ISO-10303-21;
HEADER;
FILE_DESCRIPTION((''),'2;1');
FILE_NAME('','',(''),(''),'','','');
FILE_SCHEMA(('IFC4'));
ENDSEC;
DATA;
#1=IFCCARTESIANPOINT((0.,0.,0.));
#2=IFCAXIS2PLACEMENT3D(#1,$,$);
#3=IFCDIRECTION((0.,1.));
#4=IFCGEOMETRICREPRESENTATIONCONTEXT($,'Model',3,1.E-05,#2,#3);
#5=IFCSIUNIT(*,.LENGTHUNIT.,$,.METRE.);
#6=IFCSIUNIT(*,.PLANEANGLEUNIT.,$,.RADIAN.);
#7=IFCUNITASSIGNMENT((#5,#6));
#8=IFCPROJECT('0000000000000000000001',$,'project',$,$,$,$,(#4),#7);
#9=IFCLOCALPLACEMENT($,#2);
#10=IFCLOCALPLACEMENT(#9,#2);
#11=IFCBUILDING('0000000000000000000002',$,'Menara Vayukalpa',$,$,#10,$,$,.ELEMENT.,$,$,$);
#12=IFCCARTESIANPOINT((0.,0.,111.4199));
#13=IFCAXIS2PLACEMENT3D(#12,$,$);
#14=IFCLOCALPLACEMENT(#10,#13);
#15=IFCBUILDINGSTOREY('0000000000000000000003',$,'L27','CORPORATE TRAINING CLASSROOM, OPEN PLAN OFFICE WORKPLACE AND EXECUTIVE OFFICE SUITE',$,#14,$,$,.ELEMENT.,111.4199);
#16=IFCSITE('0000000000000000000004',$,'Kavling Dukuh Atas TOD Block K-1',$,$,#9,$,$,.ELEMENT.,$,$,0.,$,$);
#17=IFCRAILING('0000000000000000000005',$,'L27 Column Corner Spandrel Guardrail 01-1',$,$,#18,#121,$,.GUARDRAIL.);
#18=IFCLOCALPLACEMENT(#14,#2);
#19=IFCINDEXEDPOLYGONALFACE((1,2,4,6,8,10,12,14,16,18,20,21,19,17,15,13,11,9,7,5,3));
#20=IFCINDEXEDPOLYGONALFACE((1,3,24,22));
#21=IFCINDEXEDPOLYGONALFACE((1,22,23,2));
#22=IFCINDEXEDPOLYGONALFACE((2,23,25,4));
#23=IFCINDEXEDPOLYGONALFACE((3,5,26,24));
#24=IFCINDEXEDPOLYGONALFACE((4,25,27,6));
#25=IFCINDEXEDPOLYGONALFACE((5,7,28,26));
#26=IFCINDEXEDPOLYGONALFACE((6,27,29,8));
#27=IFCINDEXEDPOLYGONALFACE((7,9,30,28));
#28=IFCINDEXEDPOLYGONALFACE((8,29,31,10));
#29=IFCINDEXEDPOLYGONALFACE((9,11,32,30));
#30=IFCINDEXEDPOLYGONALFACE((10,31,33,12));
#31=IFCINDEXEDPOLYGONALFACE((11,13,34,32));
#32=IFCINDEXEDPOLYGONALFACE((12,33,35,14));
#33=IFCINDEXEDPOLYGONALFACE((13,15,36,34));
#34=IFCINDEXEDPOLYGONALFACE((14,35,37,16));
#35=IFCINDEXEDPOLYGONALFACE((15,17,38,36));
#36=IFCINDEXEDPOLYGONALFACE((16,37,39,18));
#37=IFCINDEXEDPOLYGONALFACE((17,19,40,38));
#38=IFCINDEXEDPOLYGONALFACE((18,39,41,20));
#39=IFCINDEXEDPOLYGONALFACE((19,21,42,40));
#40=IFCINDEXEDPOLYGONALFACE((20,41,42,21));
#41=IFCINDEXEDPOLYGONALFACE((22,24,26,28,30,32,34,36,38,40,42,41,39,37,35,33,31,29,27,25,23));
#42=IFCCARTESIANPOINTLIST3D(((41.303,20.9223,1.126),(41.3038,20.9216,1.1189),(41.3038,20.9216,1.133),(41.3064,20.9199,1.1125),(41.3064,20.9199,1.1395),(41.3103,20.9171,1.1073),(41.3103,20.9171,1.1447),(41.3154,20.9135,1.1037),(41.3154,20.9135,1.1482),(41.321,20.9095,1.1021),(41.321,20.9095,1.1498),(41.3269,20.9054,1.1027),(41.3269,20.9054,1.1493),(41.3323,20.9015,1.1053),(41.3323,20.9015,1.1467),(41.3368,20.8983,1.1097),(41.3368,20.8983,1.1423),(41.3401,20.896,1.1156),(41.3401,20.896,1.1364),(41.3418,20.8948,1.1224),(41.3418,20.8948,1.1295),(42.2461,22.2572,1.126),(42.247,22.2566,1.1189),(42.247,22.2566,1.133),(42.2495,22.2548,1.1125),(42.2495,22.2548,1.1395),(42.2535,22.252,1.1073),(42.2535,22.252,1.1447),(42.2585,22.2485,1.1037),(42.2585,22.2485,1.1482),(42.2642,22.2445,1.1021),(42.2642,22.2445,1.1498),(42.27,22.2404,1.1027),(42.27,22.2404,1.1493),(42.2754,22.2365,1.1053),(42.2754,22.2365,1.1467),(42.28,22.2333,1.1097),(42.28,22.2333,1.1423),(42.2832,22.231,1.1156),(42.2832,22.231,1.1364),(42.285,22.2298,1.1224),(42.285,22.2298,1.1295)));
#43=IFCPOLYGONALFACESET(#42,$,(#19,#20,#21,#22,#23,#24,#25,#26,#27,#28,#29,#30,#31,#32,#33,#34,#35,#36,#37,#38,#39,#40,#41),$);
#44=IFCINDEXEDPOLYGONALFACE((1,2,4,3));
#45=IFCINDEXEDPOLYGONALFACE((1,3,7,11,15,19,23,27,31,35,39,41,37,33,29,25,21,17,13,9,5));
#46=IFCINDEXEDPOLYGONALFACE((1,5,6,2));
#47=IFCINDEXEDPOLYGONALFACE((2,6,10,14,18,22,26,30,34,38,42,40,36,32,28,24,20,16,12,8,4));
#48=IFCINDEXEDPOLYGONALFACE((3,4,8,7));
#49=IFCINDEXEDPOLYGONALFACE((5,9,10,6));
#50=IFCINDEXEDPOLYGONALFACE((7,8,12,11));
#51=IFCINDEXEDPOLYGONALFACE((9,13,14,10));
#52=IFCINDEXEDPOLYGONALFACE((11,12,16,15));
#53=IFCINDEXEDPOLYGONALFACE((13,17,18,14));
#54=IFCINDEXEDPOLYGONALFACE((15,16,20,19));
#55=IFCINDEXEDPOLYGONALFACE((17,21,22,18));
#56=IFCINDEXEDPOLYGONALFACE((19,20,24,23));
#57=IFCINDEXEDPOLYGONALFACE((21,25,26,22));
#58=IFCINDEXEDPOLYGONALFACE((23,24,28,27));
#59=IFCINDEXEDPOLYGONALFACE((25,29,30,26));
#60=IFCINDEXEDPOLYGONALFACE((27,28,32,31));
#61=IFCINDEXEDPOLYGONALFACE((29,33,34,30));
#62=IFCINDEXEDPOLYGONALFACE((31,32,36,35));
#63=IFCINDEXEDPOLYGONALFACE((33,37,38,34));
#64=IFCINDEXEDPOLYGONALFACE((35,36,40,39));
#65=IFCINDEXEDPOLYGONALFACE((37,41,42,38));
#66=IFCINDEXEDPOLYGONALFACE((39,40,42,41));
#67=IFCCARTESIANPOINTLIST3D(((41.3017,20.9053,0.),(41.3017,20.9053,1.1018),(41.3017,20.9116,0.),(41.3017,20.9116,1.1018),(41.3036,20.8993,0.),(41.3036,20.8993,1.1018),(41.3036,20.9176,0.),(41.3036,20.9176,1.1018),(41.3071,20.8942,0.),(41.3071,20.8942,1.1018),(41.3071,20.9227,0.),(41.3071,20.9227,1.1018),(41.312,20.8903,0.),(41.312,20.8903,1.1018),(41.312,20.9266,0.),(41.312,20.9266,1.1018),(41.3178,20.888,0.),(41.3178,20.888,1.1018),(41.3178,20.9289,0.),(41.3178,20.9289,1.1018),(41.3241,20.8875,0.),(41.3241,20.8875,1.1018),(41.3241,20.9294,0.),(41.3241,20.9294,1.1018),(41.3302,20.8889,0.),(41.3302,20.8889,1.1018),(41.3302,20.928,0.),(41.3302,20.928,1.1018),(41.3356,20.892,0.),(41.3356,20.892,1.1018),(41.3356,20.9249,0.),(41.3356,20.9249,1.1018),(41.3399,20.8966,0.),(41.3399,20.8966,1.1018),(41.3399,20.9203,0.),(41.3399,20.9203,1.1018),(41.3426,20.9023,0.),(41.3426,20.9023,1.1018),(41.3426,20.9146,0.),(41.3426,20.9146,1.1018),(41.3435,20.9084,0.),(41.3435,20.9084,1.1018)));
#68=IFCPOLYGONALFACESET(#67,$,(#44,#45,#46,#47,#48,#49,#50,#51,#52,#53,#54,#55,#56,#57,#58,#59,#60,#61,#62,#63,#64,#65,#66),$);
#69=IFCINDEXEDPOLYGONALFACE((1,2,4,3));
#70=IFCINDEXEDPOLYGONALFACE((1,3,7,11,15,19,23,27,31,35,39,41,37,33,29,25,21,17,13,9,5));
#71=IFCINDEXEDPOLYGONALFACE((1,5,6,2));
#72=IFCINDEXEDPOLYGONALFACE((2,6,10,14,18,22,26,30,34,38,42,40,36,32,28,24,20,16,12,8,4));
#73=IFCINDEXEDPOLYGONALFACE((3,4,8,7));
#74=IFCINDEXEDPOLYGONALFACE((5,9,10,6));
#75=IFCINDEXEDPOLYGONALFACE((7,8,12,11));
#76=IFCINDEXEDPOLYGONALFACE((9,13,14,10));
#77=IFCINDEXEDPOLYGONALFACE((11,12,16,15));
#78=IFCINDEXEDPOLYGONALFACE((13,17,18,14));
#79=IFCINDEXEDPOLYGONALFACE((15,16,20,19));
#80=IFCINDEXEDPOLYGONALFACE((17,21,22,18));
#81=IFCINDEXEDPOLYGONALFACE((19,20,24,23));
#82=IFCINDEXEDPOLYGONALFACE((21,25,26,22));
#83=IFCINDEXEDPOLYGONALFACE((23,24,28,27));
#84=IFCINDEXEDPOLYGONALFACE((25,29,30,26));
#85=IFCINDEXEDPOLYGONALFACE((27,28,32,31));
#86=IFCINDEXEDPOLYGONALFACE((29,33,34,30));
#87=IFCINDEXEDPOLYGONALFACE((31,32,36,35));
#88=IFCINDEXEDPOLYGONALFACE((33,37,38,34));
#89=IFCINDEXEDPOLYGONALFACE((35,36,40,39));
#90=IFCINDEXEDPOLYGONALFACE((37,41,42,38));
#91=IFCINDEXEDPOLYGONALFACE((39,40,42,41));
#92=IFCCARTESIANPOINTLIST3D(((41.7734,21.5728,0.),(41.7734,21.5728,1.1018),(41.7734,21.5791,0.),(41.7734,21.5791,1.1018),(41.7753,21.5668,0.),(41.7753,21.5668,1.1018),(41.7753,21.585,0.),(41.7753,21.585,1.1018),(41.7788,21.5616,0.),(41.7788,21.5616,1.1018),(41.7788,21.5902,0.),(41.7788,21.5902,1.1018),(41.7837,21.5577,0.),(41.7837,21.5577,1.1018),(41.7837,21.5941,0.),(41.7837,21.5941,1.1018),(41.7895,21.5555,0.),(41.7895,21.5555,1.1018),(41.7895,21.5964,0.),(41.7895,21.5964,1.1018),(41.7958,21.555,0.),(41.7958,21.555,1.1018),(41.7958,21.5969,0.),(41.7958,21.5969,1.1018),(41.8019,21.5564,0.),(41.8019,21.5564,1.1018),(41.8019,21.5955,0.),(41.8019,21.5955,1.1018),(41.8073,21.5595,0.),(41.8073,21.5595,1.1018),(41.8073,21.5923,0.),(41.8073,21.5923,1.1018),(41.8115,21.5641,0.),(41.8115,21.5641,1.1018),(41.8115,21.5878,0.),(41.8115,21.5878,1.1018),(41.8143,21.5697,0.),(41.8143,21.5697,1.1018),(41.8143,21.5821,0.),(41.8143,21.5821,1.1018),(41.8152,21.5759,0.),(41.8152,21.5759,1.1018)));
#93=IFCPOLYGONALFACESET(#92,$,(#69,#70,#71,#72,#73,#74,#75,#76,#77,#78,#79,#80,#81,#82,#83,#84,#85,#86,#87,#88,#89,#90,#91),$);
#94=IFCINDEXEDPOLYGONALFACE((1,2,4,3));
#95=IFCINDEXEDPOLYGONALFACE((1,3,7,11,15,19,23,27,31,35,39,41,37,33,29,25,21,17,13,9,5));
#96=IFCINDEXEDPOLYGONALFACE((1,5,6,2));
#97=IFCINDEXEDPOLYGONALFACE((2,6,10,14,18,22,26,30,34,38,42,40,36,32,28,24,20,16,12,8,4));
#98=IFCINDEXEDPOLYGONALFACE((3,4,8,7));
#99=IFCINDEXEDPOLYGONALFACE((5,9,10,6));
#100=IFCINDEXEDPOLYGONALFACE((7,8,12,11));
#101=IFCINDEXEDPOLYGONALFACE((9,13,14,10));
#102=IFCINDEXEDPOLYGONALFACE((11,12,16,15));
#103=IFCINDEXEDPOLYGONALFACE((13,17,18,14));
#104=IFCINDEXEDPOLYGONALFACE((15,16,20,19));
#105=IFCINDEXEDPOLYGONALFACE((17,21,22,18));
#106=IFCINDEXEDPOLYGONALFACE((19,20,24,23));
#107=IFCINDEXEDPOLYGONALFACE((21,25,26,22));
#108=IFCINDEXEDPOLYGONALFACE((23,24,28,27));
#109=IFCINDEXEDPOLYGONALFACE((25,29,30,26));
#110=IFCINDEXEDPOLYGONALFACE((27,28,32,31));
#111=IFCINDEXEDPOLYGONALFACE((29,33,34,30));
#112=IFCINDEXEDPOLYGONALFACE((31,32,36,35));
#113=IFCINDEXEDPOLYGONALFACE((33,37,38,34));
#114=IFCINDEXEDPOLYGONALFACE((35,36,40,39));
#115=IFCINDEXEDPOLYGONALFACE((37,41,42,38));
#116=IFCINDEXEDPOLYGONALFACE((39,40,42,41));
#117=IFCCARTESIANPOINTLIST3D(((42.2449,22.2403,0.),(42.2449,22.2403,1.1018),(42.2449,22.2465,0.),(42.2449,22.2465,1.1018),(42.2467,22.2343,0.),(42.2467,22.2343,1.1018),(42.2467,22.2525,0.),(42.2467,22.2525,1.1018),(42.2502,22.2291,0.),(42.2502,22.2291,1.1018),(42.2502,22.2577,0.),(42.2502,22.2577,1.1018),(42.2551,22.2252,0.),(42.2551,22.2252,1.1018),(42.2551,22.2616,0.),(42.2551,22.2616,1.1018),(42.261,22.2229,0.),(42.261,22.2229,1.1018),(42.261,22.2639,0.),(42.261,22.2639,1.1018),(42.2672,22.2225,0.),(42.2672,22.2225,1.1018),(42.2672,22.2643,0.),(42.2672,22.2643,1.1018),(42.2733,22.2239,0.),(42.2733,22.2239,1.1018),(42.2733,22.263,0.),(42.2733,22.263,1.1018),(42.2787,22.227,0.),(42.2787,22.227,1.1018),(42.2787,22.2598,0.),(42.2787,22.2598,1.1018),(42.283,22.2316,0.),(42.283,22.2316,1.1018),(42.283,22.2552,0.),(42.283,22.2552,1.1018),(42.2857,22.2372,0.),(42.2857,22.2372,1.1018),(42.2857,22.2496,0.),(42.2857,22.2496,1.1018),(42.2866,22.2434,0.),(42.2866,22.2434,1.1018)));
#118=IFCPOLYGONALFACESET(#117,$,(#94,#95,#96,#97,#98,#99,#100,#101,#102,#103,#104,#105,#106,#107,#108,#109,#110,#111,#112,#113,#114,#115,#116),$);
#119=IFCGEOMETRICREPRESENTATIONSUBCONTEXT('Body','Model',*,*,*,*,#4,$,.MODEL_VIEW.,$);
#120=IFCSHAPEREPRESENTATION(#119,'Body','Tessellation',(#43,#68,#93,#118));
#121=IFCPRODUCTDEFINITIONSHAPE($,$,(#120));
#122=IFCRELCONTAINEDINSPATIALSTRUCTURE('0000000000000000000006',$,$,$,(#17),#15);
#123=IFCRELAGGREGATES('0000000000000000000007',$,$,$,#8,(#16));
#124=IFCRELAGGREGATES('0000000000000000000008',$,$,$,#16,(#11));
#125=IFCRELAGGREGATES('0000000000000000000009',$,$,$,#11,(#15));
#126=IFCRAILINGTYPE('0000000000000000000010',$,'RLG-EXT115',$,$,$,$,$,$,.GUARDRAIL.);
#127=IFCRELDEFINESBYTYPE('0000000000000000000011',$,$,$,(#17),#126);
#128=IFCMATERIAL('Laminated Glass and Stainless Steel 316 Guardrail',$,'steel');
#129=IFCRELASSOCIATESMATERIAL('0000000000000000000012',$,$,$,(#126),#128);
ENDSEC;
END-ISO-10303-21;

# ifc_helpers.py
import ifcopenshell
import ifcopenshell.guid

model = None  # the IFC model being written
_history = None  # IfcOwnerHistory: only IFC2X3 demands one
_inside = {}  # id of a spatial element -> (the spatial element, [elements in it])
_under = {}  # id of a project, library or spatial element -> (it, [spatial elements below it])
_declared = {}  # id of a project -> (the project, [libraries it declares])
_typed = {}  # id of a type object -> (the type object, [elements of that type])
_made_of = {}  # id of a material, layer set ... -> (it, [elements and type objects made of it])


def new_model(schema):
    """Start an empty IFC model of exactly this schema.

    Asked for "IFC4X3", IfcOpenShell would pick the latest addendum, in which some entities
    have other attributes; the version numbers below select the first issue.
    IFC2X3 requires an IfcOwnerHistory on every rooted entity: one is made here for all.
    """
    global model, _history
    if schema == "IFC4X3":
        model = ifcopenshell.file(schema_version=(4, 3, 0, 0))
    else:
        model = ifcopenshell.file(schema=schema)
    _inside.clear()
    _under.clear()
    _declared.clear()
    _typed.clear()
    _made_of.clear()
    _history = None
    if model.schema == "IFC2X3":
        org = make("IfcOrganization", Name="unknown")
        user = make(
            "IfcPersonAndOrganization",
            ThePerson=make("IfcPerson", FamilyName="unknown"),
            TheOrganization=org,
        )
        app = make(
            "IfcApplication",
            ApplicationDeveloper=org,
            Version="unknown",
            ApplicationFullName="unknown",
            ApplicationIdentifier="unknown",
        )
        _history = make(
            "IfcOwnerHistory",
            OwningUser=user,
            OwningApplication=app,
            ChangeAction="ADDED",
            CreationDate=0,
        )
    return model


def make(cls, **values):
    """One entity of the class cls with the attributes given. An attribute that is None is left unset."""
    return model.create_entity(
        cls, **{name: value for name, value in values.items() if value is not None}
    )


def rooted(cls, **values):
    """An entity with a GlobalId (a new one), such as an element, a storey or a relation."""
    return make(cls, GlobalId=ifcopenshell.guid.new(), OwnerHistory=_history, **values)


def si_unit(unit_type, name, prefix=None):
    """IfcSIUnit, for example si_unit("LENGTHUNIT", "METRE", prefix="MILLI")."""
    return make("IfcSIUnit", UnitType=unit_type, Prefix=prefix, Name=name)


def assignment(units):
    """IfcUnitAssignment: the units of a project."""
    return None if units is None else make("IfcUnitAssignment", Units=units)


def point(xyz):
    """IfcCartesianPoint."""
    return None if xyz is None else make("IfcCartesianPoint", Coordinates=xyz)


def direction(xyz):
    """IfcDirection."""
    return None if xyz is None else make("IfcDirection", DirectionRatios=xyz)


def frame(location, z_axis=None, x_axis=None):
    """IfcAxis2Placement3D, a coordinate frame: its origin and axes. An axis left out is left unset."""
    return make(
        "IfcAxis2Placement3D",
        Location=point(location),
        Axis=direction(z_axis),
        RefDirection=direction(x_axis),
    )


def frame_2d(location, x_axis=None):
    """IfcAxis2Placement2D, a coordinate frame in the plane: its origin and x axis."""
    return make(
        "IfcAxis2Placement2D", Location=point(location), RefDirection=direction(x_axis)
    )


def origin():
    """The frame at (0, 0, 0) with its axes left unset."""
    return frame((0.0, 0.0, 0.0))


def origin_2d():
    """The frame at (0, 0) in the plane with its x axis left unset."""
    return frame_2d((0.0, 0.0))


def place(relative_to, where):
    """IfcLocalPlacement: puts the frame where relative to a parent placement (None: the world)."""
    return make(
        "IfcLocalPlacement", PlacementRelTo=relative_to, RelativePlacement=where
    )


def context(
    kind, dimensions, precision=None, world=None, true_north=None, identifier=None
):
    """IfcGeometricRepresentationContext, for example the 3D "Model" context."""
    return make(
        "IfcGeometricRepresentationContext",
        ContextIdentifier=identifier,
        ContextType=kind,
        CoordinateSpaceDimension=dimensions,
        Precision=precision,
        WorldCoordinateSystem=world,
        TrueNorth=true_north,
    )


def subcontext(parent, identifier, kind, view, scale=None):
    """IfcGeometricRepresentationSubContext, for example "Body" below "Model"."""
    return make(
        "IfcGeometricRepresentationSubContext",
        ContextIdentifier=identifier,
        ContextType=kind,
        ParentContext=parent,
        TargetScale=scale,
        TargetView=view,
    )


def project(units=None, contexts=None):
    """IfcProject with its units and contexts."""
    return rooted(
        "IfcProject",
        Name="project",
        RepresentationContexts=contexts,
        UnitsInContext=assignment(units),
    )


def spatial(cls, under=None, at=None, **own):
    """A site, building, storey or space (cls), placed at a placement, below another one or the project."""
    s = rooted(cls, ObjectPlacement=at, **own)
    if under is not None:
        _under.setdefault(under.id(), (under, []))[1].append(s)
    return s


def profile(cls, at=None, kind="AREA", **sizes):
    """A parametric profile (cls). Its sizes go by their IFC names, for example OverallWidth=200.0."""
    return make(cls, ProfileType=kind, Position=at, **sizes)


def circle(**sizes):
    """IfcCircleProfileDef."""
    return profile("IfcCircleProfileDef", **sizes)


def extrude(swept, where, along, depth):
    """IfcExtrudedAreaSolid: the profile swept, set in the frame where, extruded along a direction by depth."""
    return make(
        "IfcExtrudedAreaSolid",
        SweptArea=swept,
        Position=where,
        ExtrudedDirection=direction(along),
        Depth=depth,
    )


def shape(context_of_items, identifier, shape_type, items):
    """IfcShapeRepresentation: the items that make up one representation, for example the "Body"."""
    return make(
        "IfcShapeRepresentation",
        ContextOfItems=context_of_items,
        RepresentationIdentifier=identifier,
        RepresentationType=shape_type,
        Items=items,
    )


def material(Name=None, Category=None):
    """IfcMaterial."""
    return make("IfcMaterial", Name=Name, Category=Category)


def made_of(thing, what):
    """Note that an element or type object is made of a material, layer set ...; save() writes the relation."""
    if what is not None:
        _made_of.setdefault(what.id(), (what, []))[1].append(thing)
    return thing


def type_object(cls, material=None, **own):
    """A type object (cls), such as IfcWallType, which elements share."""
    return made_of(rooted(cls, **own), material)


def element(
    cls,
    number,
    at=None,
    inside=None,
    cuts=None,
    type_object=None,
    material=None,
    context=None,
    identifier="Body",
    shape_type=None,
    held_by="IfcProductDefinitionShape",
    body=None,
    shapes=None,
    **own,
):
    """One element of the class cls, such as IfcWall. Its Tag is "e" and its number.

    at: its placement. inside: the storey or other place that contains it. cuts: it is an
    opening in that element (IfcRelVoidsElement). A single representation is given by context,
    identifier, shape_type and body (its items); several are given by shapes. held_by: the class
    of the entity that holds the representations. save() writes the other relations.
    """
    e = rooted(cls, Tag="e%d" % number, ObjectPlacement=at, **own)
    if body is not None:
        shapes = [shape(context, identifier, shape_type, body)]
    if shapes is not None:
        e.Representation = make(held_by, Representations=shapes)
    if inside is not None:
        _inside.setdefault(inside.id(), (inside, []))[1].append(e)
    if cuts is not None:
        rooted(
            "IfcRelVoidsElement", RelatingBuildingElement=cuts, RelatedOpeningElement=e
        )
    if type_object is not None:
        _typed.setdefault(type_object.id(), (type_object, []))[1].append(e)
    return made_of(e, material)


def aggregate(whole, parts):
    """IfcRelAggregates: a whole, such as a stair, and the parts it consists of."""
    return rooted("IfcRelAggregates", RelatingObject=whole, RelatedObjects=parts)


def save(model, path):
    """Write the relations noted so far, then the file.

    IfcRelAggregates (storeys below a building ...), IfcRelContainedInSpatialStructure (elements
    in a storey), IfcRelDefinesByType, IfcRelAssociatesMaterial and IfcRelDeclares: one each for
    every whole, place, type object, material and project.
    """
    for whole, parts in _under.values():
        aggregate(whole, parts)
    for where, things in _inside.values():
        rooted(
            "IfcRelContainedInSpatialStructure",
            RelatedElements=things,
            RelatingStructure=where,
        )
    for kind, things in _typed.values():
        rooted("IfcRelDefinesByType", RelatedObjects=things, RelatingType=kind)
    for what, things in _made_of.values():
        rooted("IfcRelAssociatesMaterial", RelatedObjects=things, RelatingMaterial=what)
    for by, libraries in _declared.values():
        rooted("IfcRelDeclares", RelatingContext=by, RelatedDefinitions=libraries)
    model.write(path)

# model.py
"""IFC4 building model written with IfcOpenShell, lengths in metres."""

from ifc_helpers import new_model, si_unit, direction, frame, origin, origin_2d, place, context, subcontext, project, spatial, circle, extrude, material, type_object, element, save


model = new_model("IFC4")

# Units and contexts
model_context = context("Model", 3, precision=1e-05, world=origin(), true_north=direction((0.0, 1.0)))
body_context = subcontext(model_context, "Body", "Model", "MODEL_VIEW")
ifc_project = project(units=[si_unit("LENGTHUNIT", "METRE"), si_unit("PLANEANGLEUNIT", "RADIAN")], contexts=[model_context])

# Site, building, storey
site_placement = place(None, origin())
site = spatial("IfcSite", under=ifc_project, at=site_placement, Name="Kavling Dukuh Atas TOD Block K-1", CompositionType="ELEMENT", RefElevation=0.0)
building_placement = place(site_placement, origin())
building = spatial("IfcBuilding", under=site, at=building_placement, Name="Menara Vayukalpa", CompositionType="ELEMENT")
storey_placement = place(building_placement, frame((0.0, 0.0, 111.4199)))
storey = spatial("IfcBuildingStorey", under=building, at=storey_placement, Name="L27", Description="CORPORATE TRAINING CLASSROOM, OPEN PLAN OFFICE WORKPLACE AND EXECUTIVE OFFICE SUITE", CompositionType="ELEMENT", Elevation=111.4199)

# Railing
ifc_material_1 = material(Name="Laminated Glass and Stainless Steel 316 Guardrail", Category="steel")
railing_type_1 = type_object("IfcRailingType", Name="RLG-EXT115", PredefinedType="GUARDRAIL", material=ifc_material_1)
railing_1_placement = place(storey_placement, frame((41.3225, 20.9084, 0.0)))
element("IfcRailing", 1, at=railing_1_placement, inside=storey, type_object=railing_type_1, Name="L27 Column Corner Spandrel Guardrail 01-1", PredefinedType="GUARDRAIL", context=body_context, shape_type="SweptSolid", body=[
    extrude(circle(Radius=0.0239, at=origin_2d()), frame((0.0, 0.0, 1.126), z_axis=(0.577006, 0.81674, 0.0), x_axis=(-0.81674, 0.577006, 0.0)), (0.0, 0.0, 1.0), 1.6345),
    extrude(circle(Radius=0.021, at=origin_2d()), origin(), (0.0, 0.0, 1.0), 1.1018),
    extrude(circle(Radius=0.021, at=origin_2d()), frame((0.4717, 0.6675, 0.0)), (0.0, 0.0, 1.0), 1.1018),
    extrude(circle(Radius=0.021, at=origin_2d()), frame((0.9431, 1.335, 0.0)), (0.0, 0.0, 1.0), 1.1018),
])

save(model, "model.ifc")
